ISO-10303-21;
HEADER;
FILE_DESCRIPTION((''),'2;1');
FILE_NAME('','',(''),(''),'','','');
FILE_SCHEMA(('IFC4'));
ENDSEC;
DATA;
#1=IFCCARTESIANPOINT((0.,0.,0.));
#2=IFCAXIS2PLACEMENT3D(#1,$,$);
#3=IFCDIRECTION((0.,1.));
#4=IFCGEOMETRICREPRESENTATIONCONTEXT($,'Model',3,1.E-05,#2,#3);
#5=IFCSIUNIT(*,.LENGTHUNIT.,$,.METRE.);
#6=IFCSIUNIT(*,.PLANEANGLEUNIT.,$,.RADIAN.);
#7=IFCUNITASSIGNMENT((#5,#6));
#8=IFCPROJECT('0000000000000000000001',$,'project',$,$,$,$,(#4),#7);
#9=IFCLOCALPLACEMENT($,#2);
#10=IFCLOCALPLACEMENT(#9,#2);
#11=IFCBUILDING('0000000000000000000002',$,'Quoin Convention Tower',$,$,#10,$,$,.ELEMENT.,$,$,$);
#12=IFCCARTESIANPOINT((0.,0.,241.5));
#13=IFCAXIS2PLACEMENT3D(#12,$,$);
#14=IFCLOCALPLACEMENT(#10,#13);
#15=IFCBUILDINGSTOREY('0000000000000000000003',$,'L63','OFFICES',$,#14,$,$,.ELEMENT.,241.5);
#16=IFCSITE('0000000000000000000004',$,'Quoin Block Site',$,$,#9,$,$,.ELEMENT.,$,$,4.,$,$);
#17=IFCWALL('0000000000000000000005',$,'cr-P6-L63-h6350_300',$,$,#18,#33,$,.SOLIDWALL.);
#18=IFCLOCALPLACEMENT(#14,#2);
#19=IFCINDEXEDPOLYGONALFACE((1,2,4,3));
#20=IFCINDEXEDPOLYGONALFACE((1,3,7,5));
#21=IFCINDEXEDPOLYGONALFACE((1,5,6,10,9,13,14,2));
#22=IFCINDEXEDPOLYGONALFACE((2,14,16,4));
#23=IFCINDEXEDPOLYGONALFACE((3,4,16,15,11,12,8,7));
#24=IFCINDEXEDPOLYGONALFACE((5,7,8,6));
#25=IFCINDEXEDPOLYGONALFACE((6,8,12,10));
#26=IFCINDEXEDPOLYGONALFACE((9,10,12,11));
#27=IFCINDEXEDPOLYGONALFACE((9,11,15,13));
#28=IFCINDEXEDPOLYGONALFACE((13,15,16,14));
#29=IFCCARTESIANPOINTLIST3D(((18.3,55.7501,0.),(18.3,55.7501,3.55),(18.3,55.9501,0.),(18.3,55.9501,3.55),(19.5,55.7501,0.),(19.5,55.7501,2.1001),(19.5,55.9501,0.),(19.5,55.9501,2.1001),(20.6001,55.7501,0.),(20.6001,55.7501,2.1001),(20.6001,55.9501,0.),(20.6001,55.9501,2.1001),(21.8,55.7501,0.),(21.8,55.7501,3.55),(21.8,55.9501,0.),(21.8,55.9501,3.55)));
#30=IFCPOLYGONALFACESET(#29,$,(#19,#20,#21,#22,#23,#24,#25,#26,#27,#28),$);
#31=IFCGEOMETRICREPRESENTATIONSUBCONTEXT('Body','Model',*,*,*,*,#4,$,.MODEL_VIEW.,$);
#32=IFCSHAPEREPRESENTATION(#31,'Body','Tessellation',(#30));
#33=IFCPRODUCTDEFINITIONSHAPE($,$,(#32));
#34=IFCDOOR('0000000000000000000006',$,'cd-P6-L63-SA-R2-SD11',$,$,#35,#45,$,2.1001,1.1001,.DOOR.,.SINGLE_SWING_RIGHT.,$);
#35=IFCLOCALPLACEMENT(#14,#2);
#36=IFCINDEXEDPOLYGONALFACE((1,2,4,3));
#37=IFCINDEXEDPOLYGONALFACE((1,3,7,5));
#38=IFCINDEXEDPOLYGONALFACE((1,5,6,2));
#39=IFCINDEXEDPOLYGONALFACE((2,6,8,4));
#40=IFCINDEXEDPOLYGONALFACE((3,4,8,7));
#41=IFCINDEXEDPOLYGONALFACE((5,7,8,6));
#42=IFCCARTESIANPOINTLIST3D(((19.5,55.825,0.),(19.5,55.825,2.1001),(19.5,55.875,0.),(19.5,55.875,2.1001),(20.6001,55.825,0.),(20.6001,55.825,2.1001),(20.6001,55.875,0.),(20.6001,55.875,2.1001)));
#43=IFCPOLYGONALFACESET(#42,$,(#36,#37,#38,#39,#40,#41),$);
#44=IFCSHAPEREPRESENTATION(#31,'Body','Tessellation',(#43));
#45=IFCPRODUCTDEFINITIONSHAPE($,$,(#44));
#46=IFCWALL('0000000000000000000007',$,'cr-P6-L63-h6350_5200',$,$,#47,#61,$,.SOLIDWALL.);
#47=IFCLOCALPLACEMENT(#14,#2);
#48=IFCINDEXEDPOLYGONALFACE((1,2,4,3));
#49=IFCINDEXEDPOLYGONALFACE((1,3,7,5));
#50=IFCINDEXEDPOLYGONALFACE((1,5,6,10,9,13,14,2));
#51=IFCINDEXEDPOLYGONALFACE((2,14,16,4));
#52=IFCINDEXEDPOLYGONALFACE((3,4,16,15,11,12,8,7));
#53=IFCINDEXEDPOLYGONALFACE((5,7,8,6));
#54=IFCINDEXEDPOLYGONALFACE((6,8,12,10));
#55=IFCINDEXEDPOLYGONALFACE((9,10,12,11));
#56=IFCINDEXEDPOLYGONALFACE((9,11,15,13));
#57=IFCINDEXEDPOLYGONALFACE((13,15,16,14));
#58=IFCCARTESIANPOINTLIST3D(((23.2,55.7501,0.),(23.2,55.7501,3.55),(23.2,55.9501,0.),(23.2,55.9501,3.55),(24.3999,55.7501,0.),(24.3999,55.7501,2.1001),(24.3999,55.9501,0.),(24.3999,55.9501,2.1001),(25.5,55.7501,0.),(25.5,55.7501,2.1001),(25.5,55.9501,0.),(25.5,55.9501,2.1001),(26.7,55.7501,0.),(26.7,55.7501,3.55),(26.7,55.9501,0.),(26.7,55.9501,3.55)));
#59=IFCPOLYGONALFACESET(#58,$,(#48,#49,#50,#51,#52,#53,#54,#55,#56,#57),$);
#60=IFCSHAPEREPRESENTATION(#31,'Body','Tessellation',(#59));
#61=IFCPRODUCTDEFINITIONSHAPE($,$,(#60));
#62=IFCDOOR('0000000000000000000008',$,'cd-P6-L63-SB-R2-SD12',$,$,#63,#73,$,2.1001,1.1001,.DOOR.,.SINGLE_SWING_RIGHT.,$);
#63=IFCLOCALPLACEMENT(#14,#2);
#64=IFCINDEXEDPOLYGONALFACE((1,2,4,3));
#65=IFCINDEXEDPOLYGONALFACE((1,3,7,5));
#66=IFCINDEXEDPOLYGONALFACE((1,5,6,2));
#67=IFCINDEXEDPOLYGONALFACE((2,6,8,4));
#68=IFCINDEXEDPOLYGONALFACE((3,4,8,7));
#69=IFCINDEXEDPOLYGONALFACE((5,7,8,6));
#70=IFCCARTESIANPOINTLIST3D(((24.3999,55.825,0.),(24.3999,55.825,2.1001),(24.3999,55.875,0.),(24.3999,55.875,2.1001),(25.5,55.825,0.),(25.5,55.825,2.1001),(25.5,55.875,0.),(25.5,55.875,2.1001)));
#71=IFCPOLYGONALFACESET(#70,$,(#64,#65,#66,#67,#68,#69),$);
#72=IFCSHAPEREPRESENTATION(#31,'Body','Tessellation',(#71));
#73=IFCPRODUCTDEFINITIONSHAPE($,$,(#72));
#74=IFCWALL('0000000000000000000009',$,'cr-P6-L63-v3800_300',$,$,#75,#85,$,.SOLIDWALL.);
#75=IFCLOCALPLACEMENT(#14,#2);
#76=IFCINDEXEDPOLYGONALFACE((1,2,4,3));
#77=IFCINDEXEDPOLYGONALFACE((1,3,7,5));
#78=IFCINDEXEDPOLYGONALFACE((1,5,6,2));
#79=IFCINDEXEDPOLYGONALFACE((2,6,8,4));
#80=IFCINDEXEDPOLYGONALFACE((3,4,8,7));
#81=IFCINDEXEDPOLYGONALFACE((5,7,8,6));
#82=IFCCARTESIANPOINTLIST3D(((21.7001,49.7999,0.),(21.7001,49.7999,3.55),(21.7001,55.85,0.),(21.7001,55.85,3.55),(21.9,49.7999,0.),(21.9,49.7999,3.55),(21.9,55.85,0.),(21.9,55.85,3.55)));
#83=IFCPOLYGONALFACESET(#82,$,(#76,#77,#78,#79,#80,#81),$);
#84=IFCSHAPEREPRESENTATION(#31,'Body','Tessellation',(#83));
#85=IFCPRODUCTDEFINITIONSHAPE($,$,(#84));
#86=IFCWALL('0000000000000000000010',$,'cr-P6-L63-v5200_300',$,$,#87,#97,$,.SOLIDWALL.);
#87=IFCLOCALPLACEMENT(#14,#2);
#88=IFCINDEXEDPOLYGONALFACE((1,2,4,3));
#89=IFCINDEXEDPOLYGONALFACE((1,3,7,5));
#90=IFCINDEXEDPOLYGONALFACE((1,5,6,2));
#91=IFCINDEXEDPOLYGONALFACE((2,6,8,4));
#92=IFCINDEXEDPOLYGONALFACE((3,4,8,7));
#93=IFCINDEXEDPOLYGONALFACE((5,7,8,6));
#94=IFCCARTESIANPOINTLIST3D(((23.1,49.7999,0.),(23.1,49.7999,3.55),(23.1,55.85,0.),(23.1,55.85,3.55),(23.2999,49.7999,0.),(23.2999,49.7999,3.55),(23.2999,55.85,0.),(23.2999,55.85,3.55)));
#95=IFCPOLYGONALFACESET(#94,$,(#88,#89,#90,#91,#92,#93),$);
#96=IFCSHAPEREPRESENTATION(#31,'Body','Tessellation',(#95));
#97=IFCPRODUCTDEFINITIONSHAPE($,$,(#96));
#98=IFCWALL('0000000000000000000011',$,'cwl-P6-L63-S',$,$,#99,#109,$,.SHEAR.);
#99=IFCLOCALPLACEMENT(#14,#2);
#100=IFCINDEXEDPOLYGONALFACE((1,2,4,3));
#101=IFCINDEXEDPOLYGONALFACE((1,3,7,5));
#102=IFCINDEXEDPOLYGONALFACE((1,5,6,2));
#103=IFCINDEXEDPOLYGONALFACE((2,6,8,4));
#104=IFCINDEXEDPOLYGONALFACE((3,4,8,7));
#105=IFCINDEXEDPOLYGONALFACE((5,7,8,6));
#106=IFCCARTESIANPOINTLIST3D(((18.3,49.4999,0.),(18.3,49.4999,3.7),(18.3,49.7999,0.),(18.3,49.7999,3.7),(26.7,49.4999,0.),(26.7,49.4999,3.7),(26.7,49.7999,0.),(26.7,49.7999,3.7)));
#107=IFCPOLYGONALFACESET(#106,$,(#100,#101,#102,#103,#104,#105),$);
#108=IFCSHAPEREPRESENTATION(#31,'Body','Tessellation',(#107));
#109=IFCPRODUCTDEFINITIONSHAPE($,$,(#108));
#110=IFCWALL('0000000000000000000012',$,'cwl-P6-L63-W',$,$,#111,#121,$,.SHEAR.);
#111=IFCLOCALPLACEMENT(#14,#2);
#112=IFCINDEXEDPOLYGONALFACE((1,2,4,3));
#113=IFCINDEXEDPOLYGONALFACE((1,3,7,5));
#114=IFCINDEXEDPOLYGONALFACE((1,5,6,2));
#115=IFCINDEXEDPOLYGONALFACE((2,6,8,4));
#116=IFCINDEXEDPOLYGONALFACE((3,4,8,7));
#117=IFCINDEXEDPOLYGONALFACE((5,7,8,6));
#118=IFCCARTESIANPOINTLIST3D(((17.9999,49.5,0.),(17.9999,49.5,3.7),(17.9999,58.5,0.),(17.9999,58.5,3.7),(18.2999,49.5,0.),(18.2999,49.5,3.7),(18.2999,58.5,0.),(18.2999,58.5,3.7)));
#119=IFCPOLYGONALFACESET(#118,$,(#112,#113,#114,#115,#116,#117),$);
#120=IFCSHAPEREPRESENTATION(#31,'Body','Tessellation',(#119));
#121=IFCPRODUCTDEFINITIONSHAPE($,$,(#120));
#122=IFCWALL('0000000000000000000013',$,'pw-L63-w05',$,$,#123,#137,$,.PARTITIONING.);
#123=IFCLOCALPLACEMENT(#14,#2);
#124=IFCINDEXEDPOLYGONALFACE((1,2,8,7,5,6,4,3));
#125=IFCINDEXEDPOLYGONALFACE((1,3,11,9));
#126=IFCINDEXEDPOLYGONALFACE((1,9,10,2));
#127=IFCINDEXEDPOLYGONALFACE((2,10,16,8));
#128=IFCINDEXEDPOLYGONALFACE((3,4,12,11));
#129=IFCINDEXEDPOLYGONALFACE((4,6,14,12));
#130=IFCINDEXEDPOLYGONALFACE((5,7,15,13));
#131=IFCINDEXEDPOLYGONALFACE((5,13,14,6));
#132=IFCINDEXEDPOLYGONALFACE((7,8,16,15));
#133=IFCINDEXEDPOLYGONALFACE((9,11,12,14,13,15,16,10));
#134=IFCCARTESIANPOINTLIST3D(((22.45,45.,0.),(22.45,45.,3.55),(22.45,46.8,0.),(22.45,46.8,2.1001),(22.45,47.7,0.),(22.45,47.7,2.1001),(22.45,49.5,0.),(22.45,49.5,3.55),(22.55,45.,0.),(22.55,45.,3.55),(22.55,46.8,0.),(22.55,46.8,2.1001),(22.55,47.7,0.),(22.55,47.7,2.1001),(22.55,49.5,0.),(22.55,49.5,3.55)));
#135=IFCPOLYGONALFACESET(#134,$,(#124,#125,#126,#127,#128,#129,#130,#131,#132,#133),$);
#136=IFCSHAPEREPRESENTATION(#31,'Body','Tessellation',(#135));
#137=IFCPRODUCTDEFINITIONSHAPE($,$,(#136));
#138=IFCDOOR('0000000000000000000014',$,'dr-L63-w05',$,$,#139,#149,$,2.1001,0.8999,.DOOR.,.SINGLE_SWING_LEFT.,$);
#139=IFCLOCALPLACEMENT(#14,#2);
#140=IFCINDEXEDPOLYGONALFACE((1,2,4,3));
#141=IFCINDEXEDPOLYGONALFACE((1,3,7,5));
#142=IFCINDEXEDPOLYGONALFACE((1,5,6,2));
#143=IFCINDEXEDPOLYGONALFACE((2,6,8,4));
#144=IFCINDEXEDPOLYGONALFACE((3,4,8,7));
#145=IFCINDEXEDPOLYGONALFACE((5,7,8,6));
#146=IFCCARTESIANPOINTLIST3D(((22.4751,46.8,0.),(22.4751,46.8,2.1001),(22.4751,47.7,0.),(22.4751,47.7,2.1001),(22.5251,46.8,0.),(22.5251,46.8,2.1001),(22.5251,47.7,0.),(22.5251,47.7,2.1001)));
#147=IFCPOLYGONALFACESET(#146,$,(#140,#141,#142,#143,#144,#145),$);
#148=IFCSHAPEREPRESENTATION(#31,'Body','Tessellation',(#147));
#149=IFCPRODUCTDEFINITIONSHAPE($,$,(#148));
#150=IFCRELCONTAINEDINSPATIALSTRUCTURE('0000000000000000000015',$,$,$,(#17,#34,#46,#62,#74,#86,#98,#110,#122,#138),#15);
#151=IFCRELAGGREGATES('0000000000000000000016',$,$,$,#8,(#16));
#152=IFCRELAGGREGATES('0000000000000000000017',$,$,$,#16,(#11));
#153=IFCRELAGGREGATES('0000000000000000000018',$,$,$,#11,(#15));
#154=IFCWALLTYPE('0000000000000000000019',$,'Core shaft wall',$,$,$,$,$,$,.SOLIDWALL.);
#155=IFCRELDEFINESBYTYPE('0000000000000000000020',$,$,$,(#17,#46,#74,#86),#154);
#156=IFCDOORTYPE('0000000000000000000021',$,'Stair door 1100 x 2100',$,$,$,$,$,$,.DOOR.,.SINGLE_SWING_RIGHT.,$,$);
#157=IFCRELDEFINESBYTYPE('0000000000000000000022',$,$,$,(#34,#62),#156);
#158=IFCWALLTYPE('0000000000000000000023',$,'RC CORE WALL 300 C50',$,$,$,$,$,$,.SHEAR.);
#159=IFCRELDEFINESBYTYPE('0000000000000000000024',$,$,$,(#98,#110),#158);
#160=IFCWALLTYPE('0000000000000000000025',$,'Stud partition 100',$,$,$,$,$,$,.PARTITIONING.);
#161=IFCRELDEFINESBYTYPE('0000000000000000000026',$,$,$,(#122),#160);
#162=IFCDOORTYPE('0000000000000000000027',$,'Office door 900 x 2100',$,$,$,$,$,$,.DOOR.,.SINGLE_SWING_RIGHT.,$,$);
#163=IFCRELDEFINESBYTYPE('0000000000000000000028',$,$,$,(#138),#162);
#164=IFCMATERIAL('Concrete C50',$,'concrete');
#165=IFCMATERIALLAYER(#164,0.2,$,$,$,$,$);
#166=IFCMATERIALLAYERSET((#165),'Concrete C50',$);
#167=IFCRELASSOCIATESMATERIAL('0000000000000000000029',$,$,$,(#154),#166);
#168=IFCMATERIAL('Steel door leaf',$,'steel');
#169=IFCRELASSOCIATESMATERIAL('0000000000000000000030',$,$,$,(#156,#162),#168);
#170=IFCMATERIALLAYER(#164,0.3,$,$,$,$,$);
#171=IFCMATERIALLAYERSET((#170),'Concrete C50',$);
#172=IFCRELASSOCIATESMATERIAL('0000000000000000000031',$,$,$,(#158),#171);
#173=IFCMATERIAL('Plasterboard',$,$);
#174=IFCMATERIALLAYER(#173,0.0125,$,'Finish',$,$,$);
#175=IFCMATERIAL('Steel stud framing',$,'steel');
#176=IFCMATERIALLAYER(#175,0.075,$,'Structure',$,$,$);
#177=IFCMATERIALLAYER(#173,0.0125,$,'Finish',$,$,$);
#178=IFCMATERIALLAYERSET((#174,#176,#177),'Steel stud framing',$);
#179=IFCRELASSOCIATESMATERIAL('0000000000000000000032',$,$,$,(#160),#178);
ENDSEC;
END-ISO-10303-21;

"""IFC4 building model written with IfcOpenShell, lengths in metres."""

from ifc_helpers import new_model, si_unit, direction, frame, frame_2d, origin, place, context, subcontext, project, spatial, rectangle, extrude, material, layer, layer_set, type_object, element, fill, save


model = new_model("IFC4")

# Units and contexts
model_context = context("Model", 3, precision=1e-05, world=origin(), true_north=direction((0.0, 1.0)))
body_context = subcontext(model_context, "Body", "Model", "MODEL_VIEW")
ifc_project = project(units=[si_unit("LENGTHUNIT", "METRE"), si_unit("PLANEANGLEUNIT", "RADIAN")], contexts=[model_context])

# Site, building, storey
site_placement = place(None, origin())
site = spatial("IfcSite", under=ifc_project, at=site_placement, Name="Quoin Block Site", CompositionType="ELEMENT", RefElevation=4.0)
building_placement = place(site_placement, origin())
building = spatial("IfcBuilding", under=site, at=building_placement, Name="Quoin Convention Tower", CompositionType="ELEMENT")
storey_placement = place(building_placement, frame((0.0, 0.0, 241.5)))
storey = spatial("IfcBuildingStorey", under=building, at=storey_placement, Name="L63", Description="OFFICES", CompositionType="ELEMENT", Elevation=241.5)

# Shared definitions
ifc_material_1 = material(Name="Concrete C50", Category="concrete")

# Shared definitions
ifc_layer_1 = layer(ifc_material_1, 0.2)
ifc_layer_set_1 = layer_set([ifc_layer_1], Name="Concrete C50")
wall_type_1 = type_object("IfcWallType", Name="Core shaft wall", PredefinedType="SOLIDWALL", material=ifc_layer_set_1)

# Walls, openings, doors
wall_1_placement = place(storey_placement, frame((18.3, 55.8501, 0.0), z_axis=(0.0, 0.0, 1.0), x_axis=(1.0, 0.0, 0.0)))
wall_1 = element("IfcWall", 1, at=wall_1_placement, inside=storey, type_object=wall_type_1, Name="cr-P6-L63-h6350_300", PredefinedType="SOLIDWALL", context=body_context, shape_type="SweptSolid", body=[
    extrude(rectangle(XDim=3.5, YDim=0.2, at=frame_2d((1.75, 0.0))), origin(), (0.0, 0.0, 1.0), 3.55),
])
opening_1_placement = place(wall_1_placement, frame((1.2, 0.0, 0.0)))
opening_1 = element("IfcOpeningElement", 2, at=opening_1_placement, cuts=wall_1, PredefinedType="OPENING", context=body_context, shape_type="SweptSolid", body=[
    extrude(rectangle(XDim=1.1001, YDim=2.1001, at=frame_2d((0.55, 1.05))), frame((0.0, 0.1099, 0.0), z_axis=(0.0, -1.0, 0.0), x_axis=(1.0, 0.0, 0.0)), (0.0, 0.0, 1.0), 0.22),
])
ifc_material_2 = material(Name="Steel door leaf", Category="steel")
door_type_1 = type_object("IfcDoorType", Name="Stair door 1100 x 2100", OperationType="SINGLE_SWING_RIGHT", PredefinedType="DOOR", material=ifc_material_2)
door_1_placement = place(opening_1_placement, origin())
door_1 = element("IfcDoor", 3, at=door_1_placement, inside=storey, type_object=door_type_1, Name="cd-P6-L63-SA-R2-SD11", OperationType="SINGLE_SWING_RIGHT", OverallHeight=2.1001, OverallWidth=1.1001, PredefinedType="DOOR", context=body_context, shape_type="SweptSolid", body=[
    extrude(rectangle(XDim=1.1001, YDim=2.1001, at=frame_2d((0.55, 1.05))), frame((0.0, 0.0249, 0.0), z_axis=(0.0, -1.0, 0.0), x_axis=(1.0, 0.0, 0.0)), (0.0, 0.0, 1.0), 0.05),
])
fill(opening_1, door_1)
wall_2_placement = place(storey_placement, frame((23.2, 55.8501, 0.0), z_axis=(0.0, 0.0, 1.0), x_axis=(1.0, 0.0, 0.0)))
wall_2 = element("IfcWall", 4, at=wall_2_placement, inside=storey, type_object=wall_type_1, Name="cr-P6-L63-h6350_5200", PredefinedType="SOLIDWALL", context=body_context, shape_type="SweptSolid", body=[
    extrude(rectangle(XDim=3.5, YDim=0.2, at=frame_2d((1.75, 0.0))), origin(), (0.0, 0.0, 1.0), 3.55),
])
opening_2_placement = place(wall_2_placement, frame((1.2, 0.0, 0.0)))
opening_2 = element("IfcOpeningElement", 5, at=opening_2_placement, cuts=wall_2, PredefinedType="OPENING", context=body_context, shape_type="SweptSolid", body=[
    extrude(rectangle(XDim=1.1001, YDim=2.1001, at=frame_2d((0.55, 1.05))), frame((0.0, 0.1099, 0.0), z_axis=(0.0, -1.0, 0.0), x_axis=(1.0, 0.0, 0.0)), (0.0, 0.0, 1.0), 0.22),
])
door_2_placement = place(opening_2_placement, origin())
door_2 = element("IfcDoor", 6, at=door_2_placement, inside=storey, type_object=door_type_1, Name="cd-P6-L63-SB-R2-SD12", OperationType="SINGLE_SWING_RIGHT", OverallHeight=2.1001, OverallWidth=1.1001, PredefinedType="DOOR", context=body_context, shape_type="SweptSolid", body=[
    extrude(rectangle(XDim=1.1001, YDim=2.1001, at=frame_2d((0.55, 1.05))), frame((0.0, 0.0249, 0.0), z_axis=(0.0, -1.0, 0.0), x_axis=(1.0, 0.0, 0.0)), (0.0, 0.0, 1.0), 0.05),
])
fill(opening_2, door_2)

# Walls
for number, where, z_axis, x_axis, name in (
    (7, (21.8, 49.8, 0.0), (0.0, 0.0, 1.0), (0.0, 1.0, 0.0), "cr-P6-L63-v3800_300"),
    (8, (23.2, 49.8, 0.0), (0.0, 0.0, 1.0), (0.0, 1.0, 0.0), "cr-P6-L63-v5200_300"),
):
    element("IfcWall", number, at=place(storey_placement, frame(where, z_axis=z_axis, x_axis=x_axis)), inside=storey, type_object=wall_type_1, Name=name, PredefinedType="SOLIDWALL", context=body_context, shape_type="SweptSolid", body=[
        extrude(rectangle(XDim=6.05, YDim=0.2, at=frame_2d((3.0249, 0.0))), origin(), (0.0, 0.0, 1.0), 3.55),
    ])
ifc_layer_2 = layer(ifc_material_1, 0.3)
ifc_layer_set_2 = layer_set([ifc_layer_2], Name="Concrete C50")
wall_type_2 = type_object("IfcWallType", Name="RC CORE WALL 300 C50", PredefinedType="SHEAR", material=ifc_layer_set_2)
wall_3_placement = place(storey_placement, frame((18.3, 49.6499, 0.0), z_axis=(0.0, 0.0, 1.0), x_axis=(1.0, 0.0, 0.0)))
element("IfcWall", 9, at=wall_3_placement, inside=storey, type_object=wall_type_2, Name="cwl-P6-L63-S", PredefinedType="SHEAR", context=body_context, shape_type="SweptSolid", body=[
    extrude(rectangle(XDim=8.3999, YDim=0.3, at=frame_2d((4.2, 0.0))), origin(), (0.0, 0.0, 1.0), 3.7),
])
wall_4_placement = place(storey_placement, frame((18.1499, 49.5, 0.0), z_axis=(0.0, 0.0, 1.0), x_axis=(0.0, 1.0, 0.0)))
element("IfcWall", 10, at=wall_4_placement, inside=storey, type_object=wall_type_2, Name="cwl-P6-L63-W", PredefinedType="SHEAR", context=body_context, shape_type="SweptSolid", body=[
    extrude(rectangle(XDim=9.0, YDim=0.3, at=frame_2d((4.5, 0.0))), origin(), (0.0, 0.0, 1.0), 3.7),
])

# Wall, opening, door
ifc_material_3 = material(Name="Plasterboard")
ifc_layer_3 = layer(ifc_material_3, 0.0125, Name="Finish")
ifc_material_4 = material(Name="Steel stud framing", Category="steel")
ifc_layer_4 = layer(ifc_material_4, 0.075, Name="Structure")
ifc_layer_5 = layer(ifc_material_3, 0.0125, Name="Finish")
ifc_layer_set_3 = layer_set([ifc_layer_3, ifc_layer_4, ifc_layer_5], Name="Steel stud framing")
wall_type_3 = type_object("IfcWallType", Name="Stud partition 100", PredefinedType="PARTITIONING", material=ifc_layer_set_3)
wall_5_placement = place(storey_placement, frame((22.5, 49.5, 0.0), z_axis=(0.0, 0.0, 1.0), x_axis=(0.0, -1.0, 0.0)))
wall_5 = element("IfcWall", 11, at=wall_5_placement, inside=storey, type_object=wall_type_3, Name="pw-L63-w05", PredefinedType="PARTITIONING", context=body_context, shape_type="SweptSolid", body=[
    extrude(rectangle(XDim=4.5, YDim=0.1001, at=frame_2d((2.25, 0.0))), origin(), (0.0, 0.0, 1.0), 3.55),
])
opening_3_placement = place(wall_5_placement, frame((1.8, 0.0, 0.0)))
opening_3 = element("IfcOpeningElement", 12, at=opening_3_placement, cuts=wall_5, PredefinedType="OPENING", context=body_context, shape_type="SweptSolid", body=[
    extrude(rectangle(XDim=0.8999, YDim=2.1001, at=frame_2d((0.45, 1.05))), frame((0.0, 0.0601, 0.0), z_axis=(0.0, -1.0, 0.0), x_axis=(1.0, 0.0, 0.0)), (0.0, 0.0, 1.0), 0.1201),
])
door_type_2 = type_object("IfcDoorType", Name="Office door 900 x 2100", OperationType="SINGLE_SWING_RIGHT", PredefinedType="DOOR", material=ifc_material_2)
door_3_placement = place(opening_3_placement, frame((0.8999, 0.0, 0.0), z_axis=(0.0, 0.0, 1.0), x_axis=(-1.0, 0.0, 0.0)))
door_3 = element("IfcDoor", 13, at=door_3_placement, inside=storey, type_object=door_type_2, Name="dr-L63-w05", OperationType="SINGLE_SWING_LEFT", OverallHeight=2.1001, OverallWidth=0.8999, PredefinedType="DOOR", context=body_context, shape_type="SweptSolid", body=[
    extrude(rectangle(XDim=0.8999, YDim=2.1001, at=frame_2d((0.45, 1.05))), frame((0.0, 0.0249, 0.0), z_axis=(0.0, -1.0, 0.0), x_axis=(1.0, 0.0, 0.0)), (0.0, 0.0, 1.0), 0.05),
])
fill(opening_3, door_3)

save(model, "model.ifc")
